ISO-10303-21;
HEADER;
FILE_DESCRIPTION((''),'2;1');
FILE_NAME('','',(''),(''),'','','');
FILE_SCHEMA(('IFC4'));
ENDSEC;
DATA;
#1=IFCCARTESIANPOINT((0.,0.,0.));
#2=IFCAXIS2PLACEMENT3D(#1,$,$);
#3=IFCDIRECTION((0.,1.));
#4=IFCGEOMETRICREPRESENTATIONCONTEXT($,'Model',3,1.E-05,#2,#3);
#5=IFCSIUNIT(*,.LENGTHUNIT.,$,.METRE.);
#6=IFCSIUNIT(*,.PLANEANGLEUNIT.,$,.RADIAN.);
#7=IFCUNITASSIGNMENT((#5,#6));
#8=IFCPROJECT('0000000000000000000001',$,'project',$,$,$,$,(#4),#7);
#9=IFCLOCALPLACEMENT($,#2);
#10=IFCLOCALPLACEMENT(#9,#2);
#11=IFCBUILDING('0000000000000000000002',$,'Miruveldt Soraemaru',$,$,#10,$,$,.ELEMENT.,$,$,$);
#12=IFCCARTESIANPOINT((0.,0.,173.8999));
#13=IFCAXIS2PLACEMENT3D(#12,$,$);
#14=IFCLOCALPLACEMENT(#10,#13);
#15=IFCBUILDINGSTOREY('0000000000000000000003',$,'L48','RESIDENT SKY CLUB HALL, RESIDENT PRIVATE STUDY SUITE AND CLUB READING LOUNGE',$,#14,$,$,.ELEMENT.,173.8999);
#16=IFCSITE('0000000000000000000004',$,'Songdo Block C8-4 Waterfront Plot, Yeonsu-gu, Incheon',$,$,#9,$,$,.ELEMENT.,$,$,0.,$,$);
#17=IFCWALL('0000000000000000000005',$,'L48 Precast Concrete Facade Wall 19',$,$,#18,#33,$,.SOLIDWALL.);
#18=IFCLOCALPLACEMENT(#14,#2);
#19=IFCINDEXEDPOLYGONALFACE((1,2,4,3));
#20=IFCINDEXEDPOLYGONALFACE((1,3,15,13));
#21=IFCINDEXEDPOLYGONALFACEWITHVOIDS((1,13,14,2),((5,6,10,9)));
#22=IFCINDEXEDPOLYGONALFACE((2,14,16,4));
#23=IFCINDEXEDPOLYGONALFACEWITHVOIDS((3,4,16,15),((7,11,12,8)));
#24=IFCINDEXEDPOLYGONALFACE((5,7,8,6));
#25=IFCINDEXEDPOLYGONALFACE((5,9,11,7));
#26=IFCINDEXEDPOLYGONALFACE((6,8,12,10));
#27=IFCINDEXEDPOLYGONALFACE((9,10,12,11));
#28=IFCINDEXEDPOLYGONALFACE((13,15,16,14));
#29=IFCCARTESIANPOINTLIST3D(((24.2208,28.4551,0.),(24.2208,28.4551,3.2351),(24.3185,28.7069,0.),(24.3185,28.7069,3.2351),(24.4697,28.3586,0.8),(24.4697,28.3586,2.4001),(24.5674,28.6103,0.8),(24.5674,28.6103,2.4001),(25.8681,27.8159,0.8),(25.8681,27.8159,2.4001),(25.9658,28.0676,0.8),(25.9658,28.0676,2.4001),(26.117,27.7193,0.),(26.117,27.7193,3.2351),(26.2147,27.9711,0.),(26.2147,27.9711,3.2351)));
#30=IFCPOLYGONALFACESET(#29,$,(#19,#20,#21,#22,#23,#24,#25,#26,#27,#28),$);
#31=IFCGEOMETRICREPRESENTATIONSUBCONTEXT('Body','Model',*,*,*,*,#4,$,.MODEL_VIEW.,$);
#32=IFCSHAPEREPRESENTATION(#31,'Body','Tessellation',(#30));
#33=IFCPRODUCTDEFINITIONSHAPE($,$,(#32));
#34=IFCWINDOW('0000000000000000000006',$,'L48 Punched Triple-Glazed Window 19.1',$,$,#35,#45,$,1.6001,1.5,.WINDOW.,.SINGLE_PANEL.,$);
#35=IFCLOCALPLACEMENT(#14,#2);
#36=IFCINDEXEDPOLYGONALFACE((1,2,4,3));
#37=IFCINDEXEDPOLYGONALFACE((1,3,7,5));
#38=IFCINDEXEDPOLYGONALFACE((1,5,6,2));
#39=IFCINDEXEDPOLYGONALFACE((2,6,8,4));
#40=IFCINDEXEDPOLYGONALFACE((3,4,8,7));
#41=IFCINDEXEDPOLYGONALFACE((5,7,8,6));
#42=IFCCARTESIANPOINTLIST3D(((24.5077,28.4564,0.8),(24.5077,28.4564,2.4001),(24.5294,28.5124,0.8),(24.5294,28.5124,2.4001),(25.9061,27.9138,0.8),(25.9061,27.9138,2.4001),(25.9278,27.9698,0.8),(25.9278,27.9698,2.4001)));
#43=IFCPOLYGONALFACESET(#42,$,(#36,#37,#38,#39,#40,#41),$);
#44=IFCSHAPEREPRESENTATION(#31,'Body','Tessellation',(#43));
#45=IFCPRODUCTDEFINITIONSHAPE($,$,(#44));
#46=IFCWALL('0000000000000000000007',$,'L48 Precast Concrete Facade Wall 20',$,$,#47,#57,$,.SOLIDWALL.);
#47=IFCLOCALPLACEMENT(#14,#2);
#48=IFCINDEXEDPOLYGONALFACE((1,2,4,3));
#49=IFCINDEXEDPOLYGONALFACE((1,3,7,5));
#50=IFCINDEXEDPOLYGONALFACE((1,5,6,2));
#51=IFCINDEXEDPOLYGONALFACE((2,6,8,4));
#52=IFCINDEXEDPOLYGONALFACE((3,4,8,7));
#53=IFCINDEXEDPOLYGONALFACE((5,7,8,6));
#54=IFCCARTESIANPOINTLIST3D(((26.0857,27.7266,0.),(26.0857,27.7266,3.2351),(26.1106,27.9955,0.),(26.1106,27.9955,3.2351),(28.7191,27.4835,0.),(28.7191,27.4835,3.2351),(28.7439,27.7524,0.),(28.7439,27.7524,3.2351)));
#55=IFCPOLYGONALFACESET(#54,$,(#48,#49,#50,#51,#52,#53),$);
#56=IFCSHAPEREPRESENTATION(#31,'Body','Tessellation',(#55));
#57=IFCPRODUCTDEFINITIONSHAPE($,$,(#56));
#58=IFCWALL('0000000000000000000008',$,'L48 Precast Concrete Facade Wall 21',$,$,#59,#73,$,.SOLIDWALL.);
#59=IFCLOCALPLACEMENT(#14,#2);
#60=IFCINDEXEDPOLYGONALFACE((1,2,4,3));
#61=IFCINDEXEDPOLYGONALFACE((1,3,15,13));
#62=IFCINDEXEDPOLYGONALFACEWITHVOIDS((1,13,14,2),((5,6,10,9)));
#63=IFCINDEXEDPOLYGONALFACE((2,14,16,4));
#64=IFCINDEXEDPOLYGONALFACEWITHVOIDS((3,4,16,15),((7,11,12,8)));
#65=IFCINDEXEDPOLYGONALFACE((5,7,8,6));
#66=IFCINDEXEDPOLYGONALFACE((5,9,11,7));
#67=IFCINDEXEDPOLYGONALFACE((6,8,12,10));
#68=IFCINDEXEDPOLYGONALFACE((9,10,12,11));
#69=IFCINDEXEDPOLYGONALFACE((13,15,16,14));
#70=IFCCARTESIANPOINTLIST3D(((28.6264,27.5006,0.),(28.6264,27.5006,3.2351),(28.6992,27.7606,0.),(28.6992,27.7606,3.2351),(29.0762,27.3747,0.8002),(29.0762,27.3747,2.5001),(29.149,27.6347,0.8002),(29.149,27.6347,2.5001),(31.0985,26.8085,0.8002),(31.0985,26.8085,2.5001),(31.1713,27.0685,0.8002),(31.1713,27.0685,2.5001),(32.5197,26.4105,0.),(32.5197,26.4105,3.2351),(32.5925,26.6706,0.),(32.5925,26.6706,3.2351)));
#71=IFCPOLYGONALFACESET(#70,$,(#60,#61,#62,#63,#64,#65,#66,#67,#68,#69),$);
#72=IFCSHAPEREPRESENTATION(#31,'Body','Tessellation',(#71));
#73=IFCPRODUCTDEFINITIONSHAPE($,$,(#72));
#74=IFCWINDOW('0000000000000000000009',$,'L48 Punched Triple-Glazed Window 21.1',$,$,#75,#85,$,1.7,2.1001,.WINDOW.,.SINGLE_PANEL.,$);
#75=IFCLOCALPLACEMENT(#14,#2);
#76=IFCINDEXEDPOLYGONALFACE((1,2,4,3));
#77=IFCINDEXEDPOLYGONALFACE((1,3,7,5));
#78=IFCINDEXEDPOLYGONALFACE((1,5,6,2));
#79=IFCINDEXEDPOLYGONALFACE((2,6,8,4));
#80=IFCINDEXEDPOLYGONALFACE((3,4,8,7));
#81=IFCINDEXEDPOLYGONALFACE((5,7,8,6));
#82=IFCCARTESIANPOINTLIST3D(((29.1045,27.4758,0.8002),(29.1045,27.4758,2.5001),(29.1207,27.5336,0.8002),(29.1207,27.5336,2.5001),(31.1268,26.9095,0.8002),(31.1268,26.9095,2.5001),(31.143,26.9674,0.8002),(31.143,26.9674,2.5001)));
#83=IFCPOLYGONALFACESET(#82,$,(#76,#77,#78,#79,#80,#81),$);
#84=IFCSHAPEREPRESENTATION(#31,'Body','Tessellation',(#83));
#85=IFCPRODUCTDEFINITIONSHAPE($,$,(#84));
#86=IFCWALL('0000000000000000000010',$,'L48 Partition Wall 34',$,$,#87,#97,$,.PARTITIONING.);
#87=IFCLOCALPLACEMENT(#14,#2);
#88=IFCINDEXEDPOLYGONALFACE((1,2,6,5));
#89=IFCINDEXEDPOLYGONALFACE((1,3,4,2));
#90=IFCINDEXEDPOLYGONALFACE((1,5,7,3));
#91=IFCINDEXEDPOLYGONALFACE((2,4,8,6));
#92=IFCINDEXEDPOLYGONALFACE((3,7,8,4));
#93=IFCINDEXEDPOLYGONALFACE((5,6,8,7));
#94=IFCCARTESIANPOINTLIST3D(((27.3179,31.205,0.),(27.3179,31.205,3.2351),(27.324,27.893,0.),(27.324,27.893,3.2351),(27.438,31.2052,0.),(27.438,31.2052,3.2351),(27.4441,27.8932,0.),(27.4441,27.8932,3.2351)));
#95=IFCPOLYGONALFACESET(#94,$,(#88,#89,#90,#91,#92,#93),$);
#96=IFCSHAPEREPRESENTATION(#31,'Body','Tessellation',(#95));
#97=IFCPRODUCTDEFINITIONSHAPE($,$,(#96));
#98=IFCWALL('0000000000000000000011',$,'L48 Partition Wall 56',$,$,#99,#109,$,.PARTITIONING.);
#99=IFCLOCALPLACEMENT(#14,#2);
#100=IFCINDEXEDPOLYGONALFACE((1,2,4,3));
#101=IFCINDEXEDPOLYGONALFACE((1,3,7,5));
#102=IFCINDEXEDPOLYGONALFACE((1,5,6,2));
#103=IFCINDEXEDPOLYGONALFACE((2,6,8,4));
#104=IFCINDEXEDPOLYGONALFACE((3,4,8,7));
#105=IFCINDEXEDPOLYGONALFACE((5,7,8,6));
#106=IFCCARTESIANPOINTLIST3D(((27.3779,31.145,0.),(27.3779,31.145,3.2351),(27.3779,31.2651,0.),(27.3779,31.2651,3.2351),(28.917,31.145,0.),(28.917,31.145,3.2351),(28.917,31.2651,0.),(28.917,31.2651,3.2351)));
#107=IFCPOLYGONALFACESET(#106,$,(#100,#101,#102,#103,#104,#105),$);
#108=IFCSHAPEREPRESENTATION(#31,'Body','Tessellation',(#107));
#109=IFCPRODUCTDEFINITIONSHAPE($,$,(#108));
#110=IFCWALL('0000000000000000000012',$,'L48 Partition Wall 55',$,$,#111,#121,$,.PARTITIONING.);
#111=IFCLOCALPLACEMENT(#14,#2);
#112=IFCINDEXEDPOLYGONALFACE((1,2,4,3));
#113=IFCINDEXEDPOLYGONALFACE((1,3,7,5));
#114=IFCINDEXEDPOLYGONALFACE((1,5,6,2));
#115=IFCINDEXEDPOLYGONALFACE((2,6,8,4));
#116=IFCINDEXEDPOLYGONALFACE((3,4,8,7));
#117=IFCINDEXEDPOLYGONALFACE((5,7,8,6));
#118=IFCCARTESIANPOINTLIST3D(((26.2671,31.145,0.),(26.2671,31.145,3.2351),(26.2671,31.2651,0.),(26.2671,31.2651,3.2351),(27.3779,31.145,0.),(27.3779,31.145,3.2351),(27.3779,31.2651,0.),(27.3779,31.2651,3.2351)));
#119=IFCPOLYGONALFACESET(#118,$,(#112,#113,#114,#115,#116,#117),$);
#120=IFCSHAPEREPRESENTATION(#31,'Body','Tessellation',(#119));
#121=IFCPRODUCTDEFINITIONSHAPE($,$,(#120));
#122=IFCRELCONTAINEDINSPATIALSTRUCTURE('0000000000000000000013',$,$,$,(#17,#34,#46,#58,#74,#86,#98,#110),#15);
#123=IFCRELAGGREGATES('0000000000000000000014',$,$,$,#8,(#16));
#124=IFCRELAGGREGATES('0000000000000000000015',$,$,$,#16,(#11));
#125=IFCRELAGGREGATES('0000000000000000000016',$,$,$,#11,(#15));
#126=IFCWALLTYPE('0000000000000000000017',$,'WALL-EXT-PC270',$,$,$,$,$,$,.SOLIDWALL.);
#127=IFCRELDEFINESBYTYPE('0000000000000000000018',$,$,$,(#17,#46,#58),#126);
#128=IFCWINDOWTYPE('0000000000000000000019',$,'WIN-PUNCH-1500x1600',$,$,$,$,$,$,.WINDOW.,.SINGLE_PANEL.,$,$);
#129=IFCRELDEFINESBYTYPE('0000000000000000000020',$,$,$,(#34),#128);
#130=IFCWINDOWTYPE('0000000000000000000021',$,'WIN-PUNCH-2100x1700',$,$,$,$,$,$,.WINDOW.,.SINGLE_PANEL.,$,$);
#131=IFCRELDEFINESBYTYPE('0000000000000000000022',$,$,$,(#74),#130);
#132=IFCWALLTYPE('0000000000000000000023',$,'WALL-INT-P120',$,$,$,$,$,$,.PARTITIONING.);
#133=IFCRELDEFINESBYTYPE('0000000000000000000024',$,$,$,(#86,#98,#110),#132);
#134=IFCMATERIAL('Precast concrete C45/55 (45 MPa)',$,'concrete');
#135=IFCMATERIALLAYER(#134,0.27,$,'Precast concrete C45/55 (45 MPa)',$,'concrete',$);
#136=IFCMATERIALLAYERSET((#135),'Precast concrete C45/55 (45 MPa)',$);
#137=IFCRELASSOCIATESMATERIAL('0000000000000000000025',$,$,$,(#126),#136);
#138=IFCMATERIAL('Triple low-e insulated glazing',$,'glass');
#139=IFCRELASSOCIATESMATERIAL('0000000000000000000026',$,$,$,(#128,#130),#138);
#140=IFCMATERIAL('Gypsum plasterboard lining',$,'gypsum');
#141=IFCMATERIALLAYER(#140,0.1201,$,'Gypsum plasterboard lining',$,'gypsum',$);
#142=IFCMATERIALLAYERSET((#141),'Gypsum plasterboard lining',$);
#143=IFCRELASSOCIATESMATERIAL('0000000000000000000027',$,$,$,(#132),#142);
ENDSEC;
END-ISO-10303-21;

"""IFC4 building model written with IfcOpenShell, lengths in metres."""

from ifc_helpers import new_model, si_unit, direction, frame, frame_2d, origin, place, context, subcontext, project, spatial, rectangle, extrude, material, layer, layer_set, type_object, element, fill, save


model = new_model("IFC4")

# Units and contexts
model_context = context("Model", 3, precision=1e-05, world=origin(), true_north=direction((0.0, 1.0)))
body_context = subcontext(model_context, "Body", "Model", "MODEL_VIEW")
ifc_project = project(units=[si_unit("LENGTHUNIT", "METRE"), si_unit("PLANEANGLEUNIT", "RADIAN")], contexts=[model_context])

# Site, building, storey
site_placement = place(None, origin())
site = spatial("IfcSite", under=ifc_project, at=site_placement, Name="Songdo Block C8-4 Waterfront Plot, Yeonsu-gu, Incheon", CompositionType="ELEMENT", RefElevation=0.0)
building_placement = place(site_placement, origin())
building = spatial("IfcBuilding", under=site, at=building_placement, Name="Miruveldt Soraemaru", CompositionType="ELEMENT")
storey_placement = place(building_placement, frame((0.0, 0.0, 173.8999)))
storey = spatial("IfcBuildingStorey", under=building, at=storey_placement, Name="L48", Description="RESIDENT SKY CLUB HALL, RESIDENT PRIVATE STUDY SUITE AND CLUB READING LOUNGE", CompositionType="ELEMENT", Elevation=173.8999)

# Wall, opening, window
ifc_material_1 = material(Name="Precast concrete C45/55 (45 MPa)", Category="concrete")
ifc_layer_1 = layer(ifc_material_1, 0.27, Name="Precast concrete C45/55 (45 MPa)", Category="concrete")
ifc_layer_set_1 = layer_set([ifc_layer_1], Name="Precast concrete C45/55 (45 MPa)")
wall_type_1 = type_object("IfcWallType", Name="WALL-EXT-PC270", PredefinedType="SOLIDWALL", material=ifc_layer_set_1)
ifc_material_2 = material(Name="Triple low-e insulated glazing", Category="glass")
wall_1_placement = place(storey_placement, frame((24.2695, 28.5811, 0.0), z_axis=(0.0, 0.0, 1.0), x_axis=(0.932268, -0.361768, 0.0)))
wall_1 = element("IfcWall", 1, at=wall_1_placement, inside=storey, type_object=wall_type_1, Name="L48 Precast Concrete Facade Wall 19", PredefinedType="SOLIDWALL", context=body_context, shape_type="SweptSolid", body=[
    extrude(rectangle(XDim=2.0339, YDim=0.27, at=frame_2d((1.0171, 0.0))), origin(), (0.0, 0.0, 1.0), 3.2351),
])
opening_1_placement = place(wall_1_placement, frame((0.2671, 0.0, 0.8)))
opening_1 = element("IfcOpeningElement", 2, at=opening_1_placement, cuts=wall_1, PredefinedType="OPENING", context=body_context, shape_type="SweptSolid", body=[
    extrude(rectangle(XDim=1.5, YDim=1.6001, at=frame_2d((0.75, 0.8))), frame((0.0, 0.145, 0.0), z_axis=(0.0, -1.0, 0.0), x_axis=(1.0, 0.0, 0.0)), (0.0, 0.0, 1.0), 0.29),
])
window_type_1 = type_object("IfcWindowType", Name="WIN-PUNCH-1500x1600", PartitioningType="SINGLE_PANEL", PredefinedType="WINDOW", material=ifc_material_2)
window_1_placement = place(opening_1_placement, origin())
window_1 = element("IfcWindow", 3, at=window_1_placement, inside=storey, type_object=window_type_1, Name="L48 Punched Triple-Glazed Window 19.1", OverallHeight=1.6001, OverallWidth=1.5, PartitioningType="SINGLE_PANEL", PredefinedType="WINDOW", context=body_context, shape_type="SweptSolid", body=[
    extrude(rectangle(XDim=1.5, YDim=1.6001, at=frame_2d((0.75, 0.8))), frame((0.0, 0.03, 0.0), z_axis=(0.0, -1.0, 0.0), x_axis=(1.0, 0.0, 0.0)), (0.0, 0.0, 1.0), 0.0601),
])
fill(opening_1, window_1)

# Wall
wall_2_placement = place(storey_placement, frame((26.0981, 27.8611, 0.0), z_axis=(0.0, 0.0, 1.0), x_axis=(0.995764, -0.091951, 0.0)))
element("IfcWall", 4, at=wall_2_placement, inside=storey, type_object=wall_type_1, Name="L48 Precast Concrete Facade Wall 20", PredefinedType="SOLIDWALL", context=body_context, shape_type="SweptSolid", body=[
    extrude(rectangle(XDim=2.6445, YDim=0.27, at=frame_2d((1.3223, 0.0))), origin(), (0.0, 0.0, 1.0), 3.2351),
])

# Wall, opening, window
wall_3_placement = place(storey_placement, frame((28.6628, 27.6306, 0.0), z_axis=(0.0, 0.0, 1.0), x_axis=(0.962967, -0.269621, 0.0)))
wall_3 = element("IfcWall", 5, at=wall_3_placement, inside=storey, type_object=wall_type_1, Name="L48 Precast Concrete Facade Wall 21", PredefinedType="SOLIDWALL", context=body_context, shape_type="SweptSolid", body=[
    extrude(rectangle(XDim=4.043, YDim=0.27, at=frame_2d((2.0215, 0.0))), origin(), (0.0, 0.0, 1.0), 3.2351),
])
opening_2_placement = place(wall_3_placement, frame((0.467, 0.0, 0.8)))
opening_2 = element("IfcOpeningElement", 6, at=opening_2_placement, cuts=wall_3, PredefinedType="OPENING", context=body_context, shape_type="SweptSolid", body=[
    extrude(rectangle(XDim=2.1001, YDim=1.7, at=frame_2d((1.05, 0.8501))), frame((0.0, 0.145, 0.0), z_axis=(0.0, -1.0, 0.0), x_axis=(1.0, 0.0, 0.0)), (0.0, 0.0, 1.0), 0.29),
])
window_type_2 = type_object("IfcWindowType", Name="WIN-PUNCH-2100x1700", PartitioningType="SINGLE_PANEL", PredefinedType="WINDOW", material=ifc_material_2)
window_2_placement = place(opening_2_placement, origin())
window_2 = element("IfcWindow", 7, at=window_2_placement, inside=storey, type_object=window_type_2, Name="L48 Punched Triple-Glazed Window 21.1", OverallHeight=1.7, OverallWidth=2.1001, PartitioningType="SINGLE_PANEL", PredefinedType="WINDOW", context=body_context, shape_type="SweptSolid", body=[
    extrude(rectangle(XDim=2.1001, YDim=1.7, at=frame_2d((1.05, 0.8501))), frame((0.0, 0.03, 0.0), z_axis=(0.0, -1.0, 0.0), x_axis=(1.0, 0.0, 0.0)), (0.0, 0.0, 1.0), 0.0601),
])
fill(opening_2, window_2)

# Walls
ifc_material_3 = material(Name="Gypsum plasterboard lining", Category="gypsum")
ifc_layer_2 = layer(ifc_material_3, 0.1201, Name="Gypsum plasterboard lining", Category="gypsum")
ifc_layer_set_2 = layer_set([ifc_layer_2], Name="Gypsum plasterboard lining")
wall_type_2 = type_object("IfcWallType", Name="WALL-INT-P120", PredefinedType="PARTITIONING", material=ifc_layer_set_2)
wall_4_placement = place(storey_placement, frame((27.384, 27.8931, 0.0), z_axis=(0.0, 0.0, 1.0), x_axis=(-0.001843, 0.999998, 0.0)))
element("IfcWall", 8, at=wall_4_placement, inside=storey, type_object=wall_type_2, Name="L48 Partition Wall 34", PredefinedType="PARTITIONING", context=body_context, shape_type="SweptSolid", body=[
    extrude(rectangle(XDim=3.312, YDim=0.1201, at=frame_2d((1.656, 0.0))), origin(), (0.0, 0.0, 1.0), 3.2351),
])
wall_5_placement = place(storey_placement, frame((27.3779, 31.2051, 0.0), z_axis=(0.0, 0.0, 1.0), x_axis=(1.0, 0.0, 0.0)))
element("IfcWall", 9, at=wall_5_placement, inside=storey, type_object=wall_type_2, Name="L48 Partition Wall 56", PredefinedType="PARTITIONING", context=body_context, shape_type="SweptSolid", body=[
    extrude(rectangle(XDim=1.5391, YDim=0.1201, at=frame_2d((0.7695, 0.0))), origin(), (0.0, 0.0, 1.0), 3.2351),
])
wall_6_placement = place(storey_placement, frame((26.2671, 31.2051, 0.0), z_axis=(0.0, 0.0, 1.0), x_axis=(1.0, 0.0, 0.0)))
element("IfcWall", 10, at=wall_6_placement, inside=storey, type_object=wall_type_2, Name="L48 Partition Wall 55", PredefinedType="PARTITIONING", context=body_context, shape_type="SweptSolid", body=[
    extrude(rectangle(XDim=1.1108, YDim=0.1201, at=frame_2d((0.5554, 0.0))), origin(), (0.0, 0.0, 1.0), 3.2351),
])

save(model, "model.ifc")
